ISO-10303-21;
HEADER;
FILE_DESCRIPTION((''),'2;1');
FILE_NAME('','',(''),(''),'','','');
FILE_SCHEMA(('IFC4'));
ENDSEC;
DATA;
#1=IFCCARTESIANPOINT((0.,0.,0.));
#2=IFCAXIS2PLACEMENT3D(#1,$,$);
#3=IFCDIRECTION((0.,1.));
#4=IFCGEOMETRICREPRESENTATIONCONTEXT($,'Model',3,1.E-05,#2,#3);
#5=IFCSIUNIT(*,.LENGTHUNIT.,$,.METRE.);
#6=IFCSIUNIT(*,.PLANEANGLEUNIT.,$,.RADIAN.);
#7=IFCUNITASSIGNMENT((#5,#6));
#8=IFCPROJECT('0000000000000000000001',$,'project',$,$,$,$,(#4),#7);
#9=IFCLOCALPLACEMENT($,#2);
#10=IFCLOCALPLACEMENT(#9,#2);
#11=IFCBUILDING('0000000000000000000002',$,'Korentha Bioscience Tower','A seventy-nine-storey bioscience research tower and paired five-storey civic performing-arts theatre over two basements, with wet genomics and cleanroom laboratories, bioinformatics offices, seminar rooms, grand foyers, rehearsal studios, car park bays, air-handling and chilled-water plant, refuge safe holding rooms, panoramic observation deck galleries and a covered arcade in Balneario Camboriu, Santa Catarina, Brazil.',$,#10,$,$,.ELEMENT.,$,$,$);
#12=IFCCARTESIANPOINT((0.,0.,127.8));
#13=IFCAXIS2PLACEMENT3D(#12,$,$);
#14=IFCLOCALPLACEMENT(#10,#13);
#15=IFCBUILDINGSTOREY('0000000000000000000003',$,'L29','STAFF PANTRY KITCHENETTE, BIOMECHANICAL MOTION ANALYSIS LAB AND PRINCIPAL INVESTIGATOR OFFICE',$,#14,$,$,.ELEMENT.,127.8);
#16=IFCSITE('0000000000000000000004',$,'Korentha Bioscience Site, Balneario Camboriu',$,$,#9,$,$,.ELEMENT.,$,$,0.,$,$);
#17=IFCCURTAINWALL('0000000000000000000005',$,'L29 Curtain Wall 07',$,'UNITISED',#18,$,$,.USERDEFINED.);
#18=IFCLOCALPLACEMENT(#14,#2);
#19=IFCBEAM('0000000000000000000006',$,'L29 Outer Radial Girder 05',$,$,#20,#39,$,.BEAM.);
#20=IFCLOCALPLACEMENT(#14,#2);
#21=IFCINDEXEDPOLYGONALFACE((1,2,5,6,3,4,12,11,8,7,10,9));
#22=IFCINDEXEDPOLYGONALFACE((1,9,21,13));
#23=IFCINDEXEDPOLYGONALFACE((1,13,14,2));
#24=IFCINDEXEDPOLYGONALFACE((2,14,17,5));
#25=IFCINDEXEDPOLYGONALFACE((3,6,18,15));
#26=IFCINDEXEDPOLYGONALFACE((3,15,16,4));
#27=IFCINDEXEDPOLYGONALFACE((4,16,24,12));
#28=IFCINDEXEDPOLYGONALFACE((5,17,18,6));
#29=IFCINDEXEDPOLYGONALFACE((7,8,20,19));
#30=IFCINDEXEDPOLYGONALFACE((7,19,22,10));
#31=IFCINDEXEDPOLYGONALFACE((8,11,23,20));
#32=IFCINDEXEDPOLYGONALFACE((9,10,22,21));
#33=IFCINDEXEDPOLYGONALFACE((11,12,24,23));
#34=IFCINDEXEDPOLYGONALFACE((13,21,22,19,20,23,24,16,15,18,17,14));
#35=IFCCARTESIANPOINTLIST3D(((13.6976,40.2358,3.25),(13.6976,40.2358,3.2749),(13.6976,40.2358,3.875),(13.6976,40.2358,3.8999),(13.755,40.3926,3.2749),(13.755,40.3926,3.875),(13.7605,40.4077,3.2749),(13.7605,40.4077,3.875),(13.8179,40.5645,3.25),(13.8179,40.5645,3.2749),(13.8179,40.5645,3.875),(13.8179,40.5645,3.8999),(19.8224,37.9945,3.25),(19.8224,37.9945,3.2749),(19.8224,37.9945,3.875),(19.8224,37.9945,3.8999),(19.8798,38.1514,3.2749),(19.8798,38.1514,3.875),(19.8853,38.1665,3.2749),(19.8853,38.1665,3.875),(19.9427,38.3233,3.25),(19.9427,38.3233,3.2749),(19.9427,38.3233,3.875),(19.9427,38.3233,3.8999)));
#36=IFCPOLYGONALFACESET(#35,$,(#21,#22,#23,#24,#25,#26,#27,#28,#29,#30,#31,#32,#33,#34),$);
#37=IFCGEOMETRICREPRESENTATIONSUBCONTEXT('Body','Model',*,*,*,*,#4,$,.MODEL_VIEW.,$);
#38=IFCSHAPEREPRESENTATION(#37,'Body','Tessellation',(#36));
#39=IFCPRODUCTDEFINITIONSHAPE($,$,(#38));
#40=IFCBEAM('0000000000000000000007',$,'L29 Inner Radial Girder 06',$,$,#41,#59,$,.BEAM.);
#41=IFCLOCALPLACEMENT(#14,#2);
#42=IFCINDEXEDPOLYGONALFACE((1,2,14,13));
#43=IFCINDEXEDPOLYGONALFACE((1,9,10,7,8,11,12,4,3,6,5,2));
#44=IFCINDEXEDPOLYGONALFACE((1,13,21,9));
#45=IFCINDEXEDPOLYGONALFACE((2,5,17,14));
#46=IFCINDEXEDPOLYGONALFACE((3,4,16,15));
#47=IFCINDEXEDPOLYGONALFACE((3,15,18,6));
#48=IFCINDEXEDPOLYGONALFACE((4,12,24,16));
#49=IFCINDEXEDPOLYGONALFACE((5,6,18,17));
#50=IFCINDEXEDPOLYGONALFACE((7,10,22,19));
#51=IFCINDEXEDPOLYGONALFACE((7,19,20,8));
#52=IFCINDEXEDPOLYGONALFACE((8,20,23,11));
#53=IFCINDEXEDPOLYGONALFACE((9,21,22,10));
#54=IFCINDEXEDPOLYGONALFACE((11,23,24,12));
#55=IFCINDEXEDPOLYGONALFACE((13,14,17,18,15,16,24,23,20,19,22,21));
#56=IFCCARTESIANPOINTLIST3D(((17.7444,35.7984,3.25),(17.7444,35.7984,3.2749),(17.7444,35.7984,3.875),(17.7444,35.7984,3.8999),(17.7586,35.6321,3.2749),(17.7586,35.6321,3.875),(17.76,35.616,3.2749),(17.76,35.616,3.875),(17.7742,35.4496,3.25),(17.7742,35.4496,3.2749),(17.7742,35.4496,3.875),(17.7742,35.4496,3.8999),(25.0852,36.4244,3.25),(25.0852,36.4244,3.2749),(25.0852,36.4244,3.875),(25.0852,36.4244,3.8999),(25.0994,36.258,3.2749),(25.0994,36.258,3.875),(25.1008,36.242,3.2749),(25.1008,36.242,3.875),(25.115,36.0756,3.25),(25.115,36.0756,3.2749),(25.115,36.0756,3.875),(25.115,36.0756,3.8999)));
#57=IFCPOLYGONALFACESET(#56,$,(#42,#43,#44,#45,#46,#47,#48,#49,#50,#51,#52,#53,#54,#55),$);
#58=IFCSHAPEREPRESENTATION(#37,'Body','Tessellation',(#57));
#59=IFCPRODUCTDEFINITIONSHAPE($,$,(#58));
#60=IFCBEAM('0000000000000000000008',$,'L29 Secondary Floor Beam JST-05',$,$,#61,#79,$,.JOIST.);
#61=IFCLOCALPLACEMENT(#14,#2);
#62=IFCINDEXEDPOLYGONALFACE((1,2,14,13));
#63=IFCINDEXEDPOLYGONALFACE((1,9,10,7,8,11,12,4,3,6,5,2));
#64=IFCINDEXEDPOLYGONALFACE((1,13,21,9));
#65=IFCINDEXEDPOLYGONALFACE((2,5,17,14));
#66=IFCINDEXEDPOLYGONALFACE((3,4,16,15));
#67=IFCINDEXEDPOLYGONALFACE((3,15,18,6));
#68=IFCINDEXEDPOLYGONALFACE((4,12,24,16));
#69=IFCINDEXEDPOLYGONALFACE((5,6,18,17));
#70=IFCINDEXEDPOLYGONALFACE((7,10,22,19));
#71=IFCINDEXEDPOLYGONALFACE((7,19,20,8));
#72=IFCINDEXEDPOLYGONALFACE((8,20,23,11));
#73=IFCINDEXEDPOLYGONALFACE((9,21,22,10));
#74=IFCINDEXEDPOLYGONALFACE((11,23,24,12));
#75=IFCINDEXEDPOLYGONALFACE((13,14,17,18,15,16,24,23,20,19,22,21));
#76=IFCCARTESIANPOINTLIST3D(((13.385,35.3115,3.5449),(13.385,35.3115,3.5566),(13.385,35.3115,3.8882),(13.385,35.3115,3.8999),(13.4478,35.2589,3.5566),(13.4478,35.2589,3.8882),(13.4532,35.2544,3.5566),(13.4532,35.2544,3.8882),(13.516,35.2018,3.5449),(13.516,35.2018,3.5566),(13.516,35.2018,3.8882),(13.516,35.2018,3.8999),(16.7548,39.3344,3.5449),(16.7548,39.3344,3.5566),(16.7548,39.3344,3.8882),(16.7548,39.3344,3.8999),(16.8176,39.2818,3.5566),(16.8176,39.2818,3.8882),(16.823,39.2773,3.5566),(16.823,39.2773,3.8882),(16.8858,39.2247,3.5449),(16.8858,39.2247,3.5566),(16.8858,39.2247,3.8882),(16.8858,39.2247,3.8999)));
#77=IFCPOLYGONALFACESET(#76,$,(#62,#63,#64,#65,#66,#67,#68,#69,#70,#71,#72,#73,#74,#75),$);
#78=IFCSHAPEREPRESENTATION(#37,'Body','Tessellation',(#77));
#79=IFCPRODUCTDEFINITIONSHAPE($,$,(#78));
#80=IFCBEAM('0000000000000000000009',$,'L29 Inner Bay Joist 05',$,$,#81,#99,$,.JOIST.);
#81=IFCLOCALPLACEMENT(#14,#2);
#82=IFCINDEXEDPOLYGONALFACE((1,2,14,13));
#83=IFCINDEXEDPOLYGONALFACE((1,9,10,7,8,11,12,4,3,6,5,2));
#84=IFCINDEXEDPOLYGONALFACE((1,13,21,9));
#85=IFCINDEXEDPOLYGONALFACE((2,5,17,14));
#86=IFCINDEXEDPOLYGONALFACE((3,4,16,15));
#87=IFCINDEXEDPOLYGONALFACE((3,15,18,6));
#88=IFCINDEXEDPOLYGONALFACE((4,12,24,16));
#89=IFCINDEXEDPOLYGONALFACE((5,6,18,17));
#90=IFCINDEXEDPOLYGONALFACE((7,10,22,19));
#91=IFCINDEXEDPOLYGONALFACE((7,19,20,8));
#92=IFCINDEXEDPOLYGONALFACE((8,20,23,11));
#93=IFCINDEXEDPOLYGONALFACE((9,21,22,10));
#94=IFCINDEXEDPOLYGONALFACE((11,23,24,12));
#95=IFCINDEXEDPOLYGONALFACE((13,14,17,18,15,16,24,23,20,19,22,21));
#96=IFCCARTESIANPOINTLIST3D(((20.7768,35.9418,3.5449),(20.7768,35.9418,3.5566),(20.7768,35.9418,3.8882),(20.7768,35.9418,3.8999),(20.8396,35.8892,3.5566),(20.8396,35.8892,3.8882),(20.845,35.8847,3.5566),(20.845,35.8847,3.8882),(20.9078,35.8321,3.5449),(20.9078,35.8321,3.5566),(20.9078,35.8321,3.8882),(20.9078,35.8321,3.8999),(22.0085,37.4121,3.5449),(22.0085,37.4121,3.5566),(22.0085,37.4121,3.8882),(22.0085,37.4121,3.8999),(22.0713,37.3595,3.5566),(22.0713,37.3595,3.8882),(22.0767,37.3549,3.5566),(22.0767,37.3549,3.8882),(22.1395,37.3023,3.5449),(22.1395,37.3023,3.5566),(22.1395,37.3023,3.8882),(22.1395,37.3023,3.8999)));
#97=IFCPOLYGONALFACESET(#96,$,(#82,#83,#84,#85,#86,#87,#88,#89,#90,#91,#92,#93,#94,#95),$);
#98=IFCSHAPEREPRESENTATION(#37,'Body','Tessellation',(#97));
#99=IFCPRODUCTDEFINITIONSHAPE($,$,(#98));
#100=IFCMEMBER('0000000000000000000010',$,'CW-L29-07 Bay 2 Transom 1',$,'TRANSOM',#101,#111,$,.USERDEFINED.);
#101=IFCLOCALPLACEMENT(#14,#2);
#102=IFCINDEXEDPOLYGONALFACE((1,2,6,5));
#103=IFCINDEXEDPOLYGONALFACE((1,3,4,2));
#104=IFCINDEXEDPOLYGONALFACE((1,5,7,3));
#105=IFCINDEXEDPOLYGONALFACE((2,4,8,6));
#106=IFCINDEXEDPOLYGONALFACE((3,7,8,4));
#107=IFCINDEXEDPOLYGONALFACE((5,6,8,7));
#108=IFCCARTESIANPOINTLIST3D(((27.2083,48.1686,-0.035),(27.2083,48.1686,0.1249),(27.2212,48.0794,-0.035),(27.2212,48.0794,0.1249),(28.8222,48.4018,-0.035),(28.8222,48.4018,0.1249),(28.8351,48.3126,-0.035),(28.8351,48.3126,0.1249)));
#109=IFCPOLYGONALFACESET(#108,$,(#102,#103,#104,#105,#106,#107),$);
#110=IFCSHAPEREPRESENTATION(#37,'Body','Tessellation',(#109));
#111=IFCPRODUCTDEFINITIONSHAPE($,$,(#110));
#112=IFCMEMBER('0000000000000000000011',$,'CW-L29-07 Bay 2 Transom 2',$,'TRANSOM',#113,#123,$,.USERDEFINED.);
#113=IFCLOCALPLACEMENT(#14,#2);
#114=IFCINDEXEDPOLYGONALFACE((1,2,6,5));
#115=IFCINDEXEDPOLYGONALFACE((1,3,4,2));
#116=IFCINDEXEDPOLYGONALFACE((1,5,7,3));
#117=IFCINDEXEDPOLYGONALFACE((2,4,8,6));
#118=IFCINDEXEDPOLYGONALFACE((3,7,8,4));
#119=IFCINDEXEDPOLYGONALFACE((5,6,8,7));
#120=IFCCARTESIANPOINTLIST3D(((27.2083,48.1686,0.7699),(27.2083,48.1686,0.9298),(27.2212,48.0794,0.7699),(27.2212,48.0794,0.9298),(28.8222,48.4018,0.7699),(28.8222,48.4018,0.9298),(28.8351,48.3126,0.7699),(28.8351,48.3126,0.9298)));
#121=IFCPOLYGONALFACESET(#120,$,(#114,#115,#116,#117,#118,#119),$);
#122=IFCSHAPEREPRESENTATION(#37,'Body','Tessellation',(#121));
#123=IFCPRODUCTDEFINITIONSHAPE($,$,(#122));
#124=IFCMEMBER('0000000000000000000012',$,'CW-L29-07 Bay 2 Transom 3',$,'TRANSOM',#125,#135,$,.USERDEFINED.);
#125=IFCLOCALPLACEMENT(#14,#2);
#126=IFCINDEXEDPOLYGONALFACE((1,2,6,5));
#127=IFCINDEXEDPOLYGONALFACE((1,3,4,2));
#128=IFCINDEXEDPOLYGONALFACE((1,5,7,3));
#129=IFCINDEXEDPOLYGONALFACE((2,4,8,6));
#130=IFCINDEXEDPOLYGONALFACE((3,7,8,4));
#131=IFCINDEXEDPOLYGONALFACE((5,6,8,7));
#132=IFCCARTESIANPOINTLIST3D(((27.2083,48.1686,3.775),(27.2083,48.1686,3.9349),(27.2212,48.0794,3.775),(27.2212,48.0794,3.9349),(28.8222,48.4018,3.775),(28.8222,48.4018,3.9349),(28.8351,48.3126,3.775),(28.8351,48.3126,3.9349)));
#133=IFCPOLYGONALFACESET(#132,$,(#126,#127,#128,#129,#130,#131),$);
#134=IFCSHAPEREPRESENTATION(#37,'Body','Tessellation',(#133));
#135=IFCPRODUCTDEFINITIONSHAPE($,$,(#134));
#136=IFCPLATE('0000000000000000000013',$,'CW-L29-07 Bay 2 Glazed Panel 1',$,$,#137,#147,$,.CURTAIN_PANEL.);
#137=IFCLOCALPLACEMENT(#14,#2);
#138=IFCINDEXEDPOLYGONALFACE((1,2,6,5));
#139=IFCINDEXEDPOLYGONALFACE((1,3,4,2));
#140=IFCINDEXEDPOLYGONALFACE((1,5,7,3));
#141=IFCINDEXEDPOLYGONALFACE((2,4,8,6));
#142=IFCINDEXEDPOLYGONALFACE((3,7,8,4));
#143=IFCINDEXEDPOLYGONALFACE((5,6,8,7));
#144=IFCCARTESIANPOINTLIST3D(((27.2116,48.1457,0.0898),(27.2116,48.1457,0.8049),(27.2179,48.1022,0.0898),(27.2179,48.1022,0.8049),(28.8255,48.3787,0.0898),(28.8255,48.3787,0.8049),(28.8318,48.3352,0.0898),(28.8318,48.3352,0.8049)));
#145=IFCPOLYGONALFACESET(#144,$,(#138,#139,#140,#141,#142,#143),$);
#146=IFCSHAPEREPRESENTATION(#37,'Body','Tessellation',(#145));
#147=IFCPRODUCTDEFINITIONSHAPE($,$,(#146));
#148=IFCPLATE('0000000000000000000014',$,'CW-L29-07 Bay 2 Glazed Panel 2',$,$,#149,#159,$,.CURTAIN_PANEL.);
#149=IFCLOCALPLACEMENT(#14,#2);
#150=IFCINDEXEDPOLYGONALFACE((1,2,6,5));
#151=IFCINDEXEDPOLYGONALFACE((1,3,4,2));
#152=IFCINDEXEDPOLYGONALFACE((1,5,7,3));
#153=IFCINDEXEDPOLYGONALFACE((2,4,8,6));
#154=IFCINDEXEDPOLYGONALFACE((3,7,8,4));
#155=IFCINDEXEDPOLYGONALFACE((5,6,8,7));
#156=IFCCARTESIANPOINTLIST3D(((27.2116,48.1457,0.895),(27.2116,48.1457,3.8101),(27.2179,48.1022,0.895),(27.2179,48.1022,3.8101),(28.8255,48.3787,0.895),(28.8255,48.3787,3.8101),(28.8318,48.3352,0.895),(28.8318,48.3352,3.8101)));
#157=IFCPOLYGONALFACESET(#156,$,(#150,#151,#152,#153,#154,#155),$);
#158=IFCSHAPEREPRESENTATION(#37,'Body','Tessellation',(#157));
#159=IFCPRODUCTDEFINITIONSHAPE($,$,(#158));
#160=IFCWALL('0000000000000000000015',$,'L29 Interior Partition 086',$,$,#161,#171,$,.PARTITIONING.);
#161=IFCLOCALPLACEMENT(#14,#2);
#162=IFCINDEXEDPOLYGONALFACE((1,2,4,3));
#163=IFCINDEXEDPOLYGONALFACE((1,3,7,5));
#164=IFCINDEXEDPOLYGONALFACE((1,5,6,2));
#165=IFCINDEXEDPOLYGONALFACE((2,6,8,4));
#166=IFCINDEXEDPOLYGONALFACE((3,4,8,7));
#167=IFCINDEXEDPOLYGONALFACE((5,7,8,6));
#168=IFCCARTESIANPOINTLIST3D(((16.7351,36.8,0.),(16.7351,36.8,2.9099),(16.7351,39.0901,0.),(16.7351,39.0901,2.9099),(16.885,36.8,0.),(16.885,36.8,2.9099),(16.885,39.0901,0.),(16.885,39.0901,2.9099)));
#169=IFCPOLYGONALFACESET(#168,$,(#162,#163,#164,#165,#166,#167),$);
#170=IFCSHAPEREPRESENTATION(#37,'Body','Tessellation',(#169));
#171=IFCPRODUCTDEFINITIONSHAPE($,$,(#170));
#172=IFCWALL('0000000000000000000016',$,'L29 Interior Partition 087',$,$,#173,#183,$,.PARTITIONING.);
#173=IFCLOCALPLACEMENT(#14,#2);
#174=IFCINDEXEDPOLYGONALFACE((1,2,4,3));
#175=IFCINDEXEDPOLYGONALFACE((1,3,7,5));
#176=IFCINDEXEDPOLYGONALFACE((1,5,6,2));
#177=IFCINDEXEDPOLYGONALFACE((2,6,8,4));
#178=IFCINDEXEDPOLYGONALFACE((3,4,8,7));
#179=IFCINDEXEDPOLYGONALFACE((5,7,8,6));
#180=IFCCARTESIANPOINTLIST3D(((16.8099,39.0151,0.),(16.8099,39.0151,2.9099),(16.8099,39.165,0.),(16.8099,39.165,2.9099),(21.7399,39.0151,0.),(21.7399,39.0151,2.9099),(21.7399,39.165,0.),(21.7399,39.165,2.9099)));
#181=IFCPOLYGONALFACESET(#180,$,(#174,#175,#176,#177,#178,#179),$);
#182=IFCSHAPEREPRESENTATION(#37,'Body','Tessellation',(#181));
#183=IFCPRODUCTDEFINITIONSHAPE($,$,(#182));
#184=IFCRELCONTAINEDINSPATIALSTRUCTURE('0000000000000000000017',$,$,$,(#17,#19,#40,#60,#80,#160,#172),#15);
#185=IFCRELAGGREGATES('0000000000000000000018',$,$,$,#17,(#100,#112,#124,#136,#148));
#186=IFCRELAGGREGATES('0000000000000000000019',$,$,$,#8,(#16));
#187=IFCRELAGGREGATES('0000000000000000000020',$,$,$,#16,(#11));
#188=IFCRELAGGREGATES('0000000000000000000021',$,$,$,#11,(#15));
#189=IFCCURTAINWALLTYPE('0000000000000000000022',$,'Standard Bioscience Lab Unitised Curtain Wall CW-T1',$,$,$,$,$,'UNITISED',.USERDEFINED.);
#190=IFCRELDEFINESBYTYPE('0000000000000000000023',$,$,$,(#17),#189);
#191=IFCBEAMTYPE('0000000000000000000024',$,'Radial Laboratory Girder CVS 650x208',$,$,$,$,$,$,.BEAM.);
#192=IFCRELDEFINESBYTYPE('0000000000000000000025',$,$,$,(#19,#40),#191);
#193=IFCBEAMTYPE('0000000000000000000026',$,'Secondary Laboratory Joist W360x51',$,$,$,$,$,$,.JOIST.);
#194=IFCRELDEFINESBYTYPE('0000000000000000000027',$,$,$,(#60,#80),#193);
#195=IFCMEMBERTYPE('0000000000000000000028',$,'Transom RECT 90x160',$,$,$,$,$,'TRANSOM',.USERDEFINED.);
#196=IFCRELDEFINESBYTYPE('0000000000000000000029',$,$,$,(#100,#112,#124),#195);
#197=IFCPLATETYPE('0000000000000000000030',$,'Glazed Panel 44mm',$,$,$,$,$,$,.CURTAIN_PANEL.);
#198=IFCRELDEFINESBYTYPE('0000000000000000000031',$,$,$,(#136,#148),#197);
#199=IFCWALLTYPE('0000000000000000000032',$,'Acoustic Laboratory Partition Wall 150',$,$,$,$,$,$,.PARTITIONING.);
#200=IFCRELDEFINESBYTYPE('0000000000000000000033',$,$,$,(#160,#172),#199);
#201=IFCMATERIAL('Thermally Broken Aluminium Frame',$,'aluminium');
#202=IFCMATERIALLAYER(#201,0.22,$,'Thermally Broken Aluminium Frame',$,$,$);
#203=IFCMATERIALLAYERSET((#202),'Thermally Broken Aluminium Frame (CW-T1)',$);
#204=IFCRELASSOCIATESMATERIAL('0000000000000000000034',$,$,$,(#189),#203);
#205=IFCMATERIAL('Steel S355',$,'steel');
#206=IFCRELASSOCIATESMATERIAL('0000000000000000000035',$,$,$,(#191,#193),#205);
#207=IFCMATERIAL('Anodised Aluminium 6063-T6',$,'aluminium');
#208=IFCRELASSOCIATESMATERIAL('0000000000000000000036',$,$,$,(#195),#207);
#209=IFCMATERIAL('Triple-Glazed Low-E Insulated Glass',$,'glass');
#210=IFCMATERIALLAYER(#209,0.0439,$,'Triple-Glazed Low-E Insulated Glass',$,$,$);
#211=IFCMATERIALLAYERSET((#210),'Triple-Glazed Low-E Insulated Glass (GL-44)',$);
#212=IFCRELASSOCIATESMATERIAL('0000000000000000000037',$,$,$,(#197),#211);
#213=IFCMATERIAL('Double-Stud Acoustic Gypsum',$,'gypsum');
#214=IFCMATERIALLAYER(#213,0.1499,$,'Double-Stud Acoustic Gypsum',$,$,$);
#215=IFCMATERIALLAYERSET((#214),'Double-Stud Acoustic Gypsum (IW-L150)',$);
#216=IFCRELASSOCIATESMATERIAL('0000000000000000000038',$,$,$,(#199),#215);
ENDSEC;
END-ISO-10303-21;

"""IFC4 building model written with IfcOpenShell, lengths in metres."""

from ifc_helpers import new_model, si_unit, direction, frame, frame_2d, origin, origin_2d, place, context, subcontext, project, spatial, rectangle, i_section, extrude, material, layer, layer_set, material_profile, profile_set, type_object, element, aggregate, save


model = new_model("IFC4")

# Units and contexts
model_context = context("Model", 3, precision=1e-05, world=origin(), true_north=direction((0.0, 1.0)))
body_context = subcontext(model_context, "Body", "Model", "MODEL_VIEW")
ifc_project = project(units=[si_unit("LENGTHUNIT", "METRE"), si_unit("PLANEANGLEUNIT", "RADIAN")], contexts=[model_context])

# Site, building, storey
site_placement = place(None, origin())
site = spatial("IfcSite", under=ifc_project, at=site_placement, Name="Korentha Bioscience Site, Balneario Camboriu", CompositionType="ELEMENT", RefElevation=0.0)
building_placement = place(site_placement, origin())
building = spatial("IfcBuilding", under=site, at=building_placement, Name="Korentha Bioscience Tower", Description="A seventy-nine-storey bioscience research tower and paired five-storey civic performing-arts theatre over two basements, with wet genomics and cleanroom laboratories, bioinformatics offices, seminar rooms, grand foyers, rehearsal studios, car park bays, air-handling and chilled-water plant, refuge safe holding rooms, panoramic observation deck galleries and a covered arcade in Balneario Camboriu, Santa Catarina, Brazil.", CompositionType="ELEMENT")
storey_placement = place(building_placement, frame((0.0, 0.0, 127.8)))
storey = spatial("IfcBuildingStorey", under=building, at=storey_placement, Name="L29", Description="STAFF PANTRY KITCHENETTE, BIOMECHANICAL MOTION ANALYSIS LAB AND PRINCIPAL INVESTIGATOR OFFICE", CompositionType="ELEMENT", Elevation=127.8)

# Shared definitions
ifc_material_1 = material(Name="Steel S355", Category="steel")

# Curtain wall
ifc_material_2 = material(Name="Thermally Broken Aluminium Frame", Category="aluminium")
ifc_layer_1 = layer(ifc_material_2, 0.22, Name="Thermally Broken Aluminium Frame")
ifc_layer_set_1 = layer_set([ifc_layer_1], Name="Thermally Broken Aluminium Frame (CW-T1)")
curtain_wall_type = type_object("IfcCurtainWallType", Name="Standard Bioscience Lab Unitised Curtain Wall CW-T1", ElementType="UNITISED", PredefinedType="USERDEFINED", material=ifc_layer_set_1)
curtain_wall_placement = place(storey_placement, origin())
curtain_wall = element("IfcCurtainWall", 1, at=curtain_wall_placement, inside=storey, type_object=curtain_wall_type, Name="L29 Curtain Wall 07", ObjectType="UNITISED", PredefinedType="USERDEFINED")
ifc_material_3 = material(Name="Anodised Aluminium 6063-T6", Category="aluminium")

# Beams
ifc_material_profile_1 = material_profile(ifc_material_1, i_section(OverallWidth=0.3501, OverallDepth=0.6499, WebThickness=0.0161, FlangeThickness=0.0249, at=origin_2d()), Name="Steel S355")
ifc_profile_set_1 = profile_set([ifc_material_profile_1], Name="Steel S355 (RB-650)")
beam_type_1 = type_object("IfcBeamType", Name="Radial Laboratory Girder CVS 650x208", PredefinedType="BEAM", material=ifc_profile_set_1)
beam_1_placement = place(storey_placement, frame((19.8826, 38.1589, 3.575), z_axis=(-0.939101, 0.343642, 0.0), x_axis=(-0.343642, -0.939101, 0.0)))
element("IfcBeam", 2, at=beam_1_placement, inside=storey, type_object=beam_type_1, Name="L29 Outer Radial Girder 05", PredefinedType="BEAM", context=body_context, shape_type="SweptSolid", body=[
    extrude(i_section(OverallWidth=0.3501, OverallDepth=0.6499, WebThickness=0.0161, FlangeThickness=0.0249, at=origin_2d()), origin(), (0.0, 0.0, 1.0), 6.522),
])
beam_2_placement = place(storey_placement, frame((25.1001, 36.25, 3.575), z_axis=(-0.996384, -0.084965, 0.0), x_axis=(0.084965, -0.996384, 0.0)))
element("IfcBeam", 3, at=beam_2_placement, inside=storey, type_object=beam_type_1, Name="L29 Inner Radial Girder 06", PredefinedType="BEAM", context=body_context, shape_type="SweptSolid", body=[
    extrude(i_section(OverallWidth=0.3501, OverallDepth=0.6499, WebThickness=0.0161, FlangeThickness=0.0249, at=origin_2d()), origin(), (0.0, 0.0, 1.0), 7.3674),
])
ifc_material_profile_2 = material_profile(ifc_material_1, i_section(OverallWidth=0.1709, OverallDepth=0.355, WebThickness=0.0071, FlangeThickness=0.0117, at=origin_2d()), Name="Steel S355")
ifc_profile_set_2 = profile_set([ifc_material_profile_2], Name="Steel S355 (JB-360)")
beam_type_2 = type_object("IfcBeamType", Name="Secondary Laboratory Joist W360x51", PredefinedType="JOIST", material=ifc_profile_set_2)
beam_3_placement = place(storey_placement, frame((16.8203, 39.2795, 3.7224), z_axis=(-0.642141, -0.766587, 0.0), x_axis=(0.766587, -0.642141, 0.0)))
element("IfcBeam", 4, at=beam_3_placement, inside=storey, type_object=beam_type_2, Name="L29 Secondary Floor Beam JST-05", PredefinedType="JOIST", context=body_context, shape_type="SweptSolid", body=[
    extrude(i_section(OverallWidth=0.1709, OverallDepth=0.355, WebThickness=0.0071, FlangeThickness=0.0117, at=origin_2d()), origin(), (0.0, 0.0, 1.0), 5.2478),
])
beam_4_placement = place(storey_placement, frame((22.074, 37.3572, 3.7224), z_axis=(-0.642185, -0.766549, 0.0), x_axis=(0.766549, -0.642185, 0.0)))
element("IfcBeam", 5, at=beam_4_placement, inside=storey, type_object=beam_type_2, Name="L29 Inner Bay Joist 05", PredefinedType="JOIST", context=body_context, shape_type="SweptSolid", body=[
    extrude(i_section(OverallWidth=0.1709, OverallDepth=0.355, WebThickness=0.0071, FlangeThickness=0.0117, at=origin_2d()), origin(), (0.0, 0.0, 1.0), 1.918),
])

# Members
ifc_material_profile_3 = material_profile(ifc_material_3, rectangle(XDim=0.0901, YDim=0.1599, at=origin_2d()), Name="Anodised Aluminium 6063-T6")
ifc_profile_set_3 = profile_set([ifc_material_profile_3], Name="Anodised Aluminium 6063-T6 (CW-TRN)")
member_type_1 = type_object("IfcMemberType", Name="Transom RECT 90x160", ElementType="TRANSOM", PredefinedType="USERDEFINED", material=ifc_profile_set_3)
member_1_placement = place(storey_placement, frame((28.8286, 48.3572, 0.0449), z_axis=(-0.989724, -0.142993, 0.0), x_axis=(0.142993, -0.989724, 0.0)))
member_1 = element("IfcMember", 6, at=member_1_placement, type_object=member_type_1, Name="CW-L29-07 Bay 2 Transom 1", ObjectType="TRANSOM", PredefinedType="USERDEFINED", context=body_context, shape_type="SweptSolid", body=[
    extrude(rectangle(XDim=0.0901, YDim=0.1599, at=origin_2d()), origin(), (0.0, 0.0, 1.0), 1.6306),
])
member_2_placement = place(storey_placement, frame((28.8286, 48.3572, 0.8499), z_axis=(-0.989724, -0.142993, 0.0), x_axis=(0.142993, -0.989724, 0.0)))
member_2 = element("IfcMember", 7, at=member_2_placement, type_object=member_type_1, Name="CW-L29-07 Bay 2 Transom 2", ObjectType="TRANSOM", PredefinedType="USERDEFINED", context=body_context, shape_type="SweptSolid", body=[
    extrude(rectangle(XDim=0.0901, YDim=0.1599, at=origin_2d()), origin(), (0.0, 0.0, 1.0), 1.6306),
])
member_3_placement = place(storey_placement, frame((28.8286, 48.3572, 3.855), z_axis=(-0.989724, -0.142993, 0.0), x_axis=(0.142993, -0.989724, 0.0)))
member_3 = element("IfcMember", 8, at=member_3_placement, type_object=member_type_1, Name="CW-L29-07 Bay 2 Transom 3", ObjectType="TRANSOM", PredefinedType="USERDEFINED", context=body_context, shape_type="SweptSolid", body=[
    extrude(rectangle(XDim=0.0901, YDim=0.1599, at=origin_2d()), origin(), (0.0, 0.0, 1.0), 1.6306),
])

# Plates
ifc_material_4 = material(Name="Triple-Glazed Low-E Insulated Glass", Category="glass")
ifc_layer_2 = layer(ifc_material_4, 0.0439, Name="Triple-Glazed Low-E Insulated Glass")
ifc_layer_set_2 = layer_set([ifc_layer_2], Name="Triple-Glazed Low-E Insulated Glass (GL-44)")
plate_type = type_object("IfcPlateType", Name="Glazed Panel 44mm", PredefinedType="CURTAIN_PANEL", material=ifc_layer_set_2)
plate_1_placement = place(storey_placement, frame((28.0217, 48.2405, 0.0898), z_axis=(0.0, 0.0, 1.0), x_axis=(-0.989738, -0.142892, 0.0)))
plate_1 = element("IfcPlate", 9, at=plate_1_placement, type_object=plate_type, Name="CW-L29-07 Bay 2 Glazed Panel 1", PredefinedType="CURTAIN_PANEL", context=body_context, shape_type="SweptSolid", body=[
    extrude(rectangle(XDim=1.6306, YDim=0.0439, at=origin_2d()), origin(), (0.0, 0.0, 1.0), 0.7151),
])
plate_2_placement = place(storey_placement, frame((28.0217, 48.2405, 0.895), z_axis=(0.0, 0.0, 1.0), x_axis=(-0.989738, -0.142892, 0.0)))
plate_2 = element("IfcPlate", 10, at=plate_2_placement, type_object=plate_type, Name="CW-L29-07 Bay 2 Glazed Panel 2", PredefinedType="CURTAIN_PANEL", context=body_context, shape_type="SweptSolid", body=[
    extrude(rectangle(XDim=1.6306, YDim=0.0439, at=origin_2d()), origin(), (0.0, 0.0, 1.0), 2.915),
])
aggregate(curtain_wall, [member_1, member_2, member_3, plate_1, plate_2])

# Walls
ifc_material_5 = material(Name="Double-Stud Acoustic Gypsum", Category="gypsum")
ifc_layer_3 = layer(ifc_material_5, 0.1499, Name="Double-Stud Acoustic Gypsum")
ifc_layer_set_3 = layer_set([ifc_layer_3], Name="Double-Stud Acoustic Gypsum (IW-L150)")
wall_type_1 = type_object("IfcWallType", Name="Acoustic Laboratory Partition Wall 150", PredefinedType="PARTITIONING", material=ifc_layer_set_3)
wall_1_placement = place(storey_placement, frame((16.8101, 36.8, 0.0), z_axis=(0.0, 0.0, 1.0), x_axis=(0.0, 1.0, 0.0)))
element("IfcWall", 11, at=wall_1_placement, inside=storey, type_object=wall_type_1, Name="L29 Interior Partition 086", PredefinedType="PARTITIONING", context=body_context, shape_type="SweptSolid", body=[
    extrude(rectangle(XDim=2.29, YDim=0.1499, at=frame_2d((1.145, 0.0))), origin(), (0.0, 0.0, 1.0), 2.9099),
])
wall_2_placement = place(storey_placement, frame((16.8101, 39.0901, 0.0), z_axis=(0.0, 0.0, 1.0), x_axis=(1.0, 0.0, 0.0)))
element("IfcWall", 12, at=wall_2_placement, inside=storey, type_object=wall_type_1, Name="L29 Interior Partition 087", PredefinedType="PARTITIONING", context=body_context, shape_type="SweptSolid", body=[
    extrude(rectangle(XDim=4.9299, YDim=0.1499, at=frame_2d((2.4648, 0.0))), origin(), (0.0, 0.0, 1.0), 2.9099),
])

save(model, "model.ifc")
